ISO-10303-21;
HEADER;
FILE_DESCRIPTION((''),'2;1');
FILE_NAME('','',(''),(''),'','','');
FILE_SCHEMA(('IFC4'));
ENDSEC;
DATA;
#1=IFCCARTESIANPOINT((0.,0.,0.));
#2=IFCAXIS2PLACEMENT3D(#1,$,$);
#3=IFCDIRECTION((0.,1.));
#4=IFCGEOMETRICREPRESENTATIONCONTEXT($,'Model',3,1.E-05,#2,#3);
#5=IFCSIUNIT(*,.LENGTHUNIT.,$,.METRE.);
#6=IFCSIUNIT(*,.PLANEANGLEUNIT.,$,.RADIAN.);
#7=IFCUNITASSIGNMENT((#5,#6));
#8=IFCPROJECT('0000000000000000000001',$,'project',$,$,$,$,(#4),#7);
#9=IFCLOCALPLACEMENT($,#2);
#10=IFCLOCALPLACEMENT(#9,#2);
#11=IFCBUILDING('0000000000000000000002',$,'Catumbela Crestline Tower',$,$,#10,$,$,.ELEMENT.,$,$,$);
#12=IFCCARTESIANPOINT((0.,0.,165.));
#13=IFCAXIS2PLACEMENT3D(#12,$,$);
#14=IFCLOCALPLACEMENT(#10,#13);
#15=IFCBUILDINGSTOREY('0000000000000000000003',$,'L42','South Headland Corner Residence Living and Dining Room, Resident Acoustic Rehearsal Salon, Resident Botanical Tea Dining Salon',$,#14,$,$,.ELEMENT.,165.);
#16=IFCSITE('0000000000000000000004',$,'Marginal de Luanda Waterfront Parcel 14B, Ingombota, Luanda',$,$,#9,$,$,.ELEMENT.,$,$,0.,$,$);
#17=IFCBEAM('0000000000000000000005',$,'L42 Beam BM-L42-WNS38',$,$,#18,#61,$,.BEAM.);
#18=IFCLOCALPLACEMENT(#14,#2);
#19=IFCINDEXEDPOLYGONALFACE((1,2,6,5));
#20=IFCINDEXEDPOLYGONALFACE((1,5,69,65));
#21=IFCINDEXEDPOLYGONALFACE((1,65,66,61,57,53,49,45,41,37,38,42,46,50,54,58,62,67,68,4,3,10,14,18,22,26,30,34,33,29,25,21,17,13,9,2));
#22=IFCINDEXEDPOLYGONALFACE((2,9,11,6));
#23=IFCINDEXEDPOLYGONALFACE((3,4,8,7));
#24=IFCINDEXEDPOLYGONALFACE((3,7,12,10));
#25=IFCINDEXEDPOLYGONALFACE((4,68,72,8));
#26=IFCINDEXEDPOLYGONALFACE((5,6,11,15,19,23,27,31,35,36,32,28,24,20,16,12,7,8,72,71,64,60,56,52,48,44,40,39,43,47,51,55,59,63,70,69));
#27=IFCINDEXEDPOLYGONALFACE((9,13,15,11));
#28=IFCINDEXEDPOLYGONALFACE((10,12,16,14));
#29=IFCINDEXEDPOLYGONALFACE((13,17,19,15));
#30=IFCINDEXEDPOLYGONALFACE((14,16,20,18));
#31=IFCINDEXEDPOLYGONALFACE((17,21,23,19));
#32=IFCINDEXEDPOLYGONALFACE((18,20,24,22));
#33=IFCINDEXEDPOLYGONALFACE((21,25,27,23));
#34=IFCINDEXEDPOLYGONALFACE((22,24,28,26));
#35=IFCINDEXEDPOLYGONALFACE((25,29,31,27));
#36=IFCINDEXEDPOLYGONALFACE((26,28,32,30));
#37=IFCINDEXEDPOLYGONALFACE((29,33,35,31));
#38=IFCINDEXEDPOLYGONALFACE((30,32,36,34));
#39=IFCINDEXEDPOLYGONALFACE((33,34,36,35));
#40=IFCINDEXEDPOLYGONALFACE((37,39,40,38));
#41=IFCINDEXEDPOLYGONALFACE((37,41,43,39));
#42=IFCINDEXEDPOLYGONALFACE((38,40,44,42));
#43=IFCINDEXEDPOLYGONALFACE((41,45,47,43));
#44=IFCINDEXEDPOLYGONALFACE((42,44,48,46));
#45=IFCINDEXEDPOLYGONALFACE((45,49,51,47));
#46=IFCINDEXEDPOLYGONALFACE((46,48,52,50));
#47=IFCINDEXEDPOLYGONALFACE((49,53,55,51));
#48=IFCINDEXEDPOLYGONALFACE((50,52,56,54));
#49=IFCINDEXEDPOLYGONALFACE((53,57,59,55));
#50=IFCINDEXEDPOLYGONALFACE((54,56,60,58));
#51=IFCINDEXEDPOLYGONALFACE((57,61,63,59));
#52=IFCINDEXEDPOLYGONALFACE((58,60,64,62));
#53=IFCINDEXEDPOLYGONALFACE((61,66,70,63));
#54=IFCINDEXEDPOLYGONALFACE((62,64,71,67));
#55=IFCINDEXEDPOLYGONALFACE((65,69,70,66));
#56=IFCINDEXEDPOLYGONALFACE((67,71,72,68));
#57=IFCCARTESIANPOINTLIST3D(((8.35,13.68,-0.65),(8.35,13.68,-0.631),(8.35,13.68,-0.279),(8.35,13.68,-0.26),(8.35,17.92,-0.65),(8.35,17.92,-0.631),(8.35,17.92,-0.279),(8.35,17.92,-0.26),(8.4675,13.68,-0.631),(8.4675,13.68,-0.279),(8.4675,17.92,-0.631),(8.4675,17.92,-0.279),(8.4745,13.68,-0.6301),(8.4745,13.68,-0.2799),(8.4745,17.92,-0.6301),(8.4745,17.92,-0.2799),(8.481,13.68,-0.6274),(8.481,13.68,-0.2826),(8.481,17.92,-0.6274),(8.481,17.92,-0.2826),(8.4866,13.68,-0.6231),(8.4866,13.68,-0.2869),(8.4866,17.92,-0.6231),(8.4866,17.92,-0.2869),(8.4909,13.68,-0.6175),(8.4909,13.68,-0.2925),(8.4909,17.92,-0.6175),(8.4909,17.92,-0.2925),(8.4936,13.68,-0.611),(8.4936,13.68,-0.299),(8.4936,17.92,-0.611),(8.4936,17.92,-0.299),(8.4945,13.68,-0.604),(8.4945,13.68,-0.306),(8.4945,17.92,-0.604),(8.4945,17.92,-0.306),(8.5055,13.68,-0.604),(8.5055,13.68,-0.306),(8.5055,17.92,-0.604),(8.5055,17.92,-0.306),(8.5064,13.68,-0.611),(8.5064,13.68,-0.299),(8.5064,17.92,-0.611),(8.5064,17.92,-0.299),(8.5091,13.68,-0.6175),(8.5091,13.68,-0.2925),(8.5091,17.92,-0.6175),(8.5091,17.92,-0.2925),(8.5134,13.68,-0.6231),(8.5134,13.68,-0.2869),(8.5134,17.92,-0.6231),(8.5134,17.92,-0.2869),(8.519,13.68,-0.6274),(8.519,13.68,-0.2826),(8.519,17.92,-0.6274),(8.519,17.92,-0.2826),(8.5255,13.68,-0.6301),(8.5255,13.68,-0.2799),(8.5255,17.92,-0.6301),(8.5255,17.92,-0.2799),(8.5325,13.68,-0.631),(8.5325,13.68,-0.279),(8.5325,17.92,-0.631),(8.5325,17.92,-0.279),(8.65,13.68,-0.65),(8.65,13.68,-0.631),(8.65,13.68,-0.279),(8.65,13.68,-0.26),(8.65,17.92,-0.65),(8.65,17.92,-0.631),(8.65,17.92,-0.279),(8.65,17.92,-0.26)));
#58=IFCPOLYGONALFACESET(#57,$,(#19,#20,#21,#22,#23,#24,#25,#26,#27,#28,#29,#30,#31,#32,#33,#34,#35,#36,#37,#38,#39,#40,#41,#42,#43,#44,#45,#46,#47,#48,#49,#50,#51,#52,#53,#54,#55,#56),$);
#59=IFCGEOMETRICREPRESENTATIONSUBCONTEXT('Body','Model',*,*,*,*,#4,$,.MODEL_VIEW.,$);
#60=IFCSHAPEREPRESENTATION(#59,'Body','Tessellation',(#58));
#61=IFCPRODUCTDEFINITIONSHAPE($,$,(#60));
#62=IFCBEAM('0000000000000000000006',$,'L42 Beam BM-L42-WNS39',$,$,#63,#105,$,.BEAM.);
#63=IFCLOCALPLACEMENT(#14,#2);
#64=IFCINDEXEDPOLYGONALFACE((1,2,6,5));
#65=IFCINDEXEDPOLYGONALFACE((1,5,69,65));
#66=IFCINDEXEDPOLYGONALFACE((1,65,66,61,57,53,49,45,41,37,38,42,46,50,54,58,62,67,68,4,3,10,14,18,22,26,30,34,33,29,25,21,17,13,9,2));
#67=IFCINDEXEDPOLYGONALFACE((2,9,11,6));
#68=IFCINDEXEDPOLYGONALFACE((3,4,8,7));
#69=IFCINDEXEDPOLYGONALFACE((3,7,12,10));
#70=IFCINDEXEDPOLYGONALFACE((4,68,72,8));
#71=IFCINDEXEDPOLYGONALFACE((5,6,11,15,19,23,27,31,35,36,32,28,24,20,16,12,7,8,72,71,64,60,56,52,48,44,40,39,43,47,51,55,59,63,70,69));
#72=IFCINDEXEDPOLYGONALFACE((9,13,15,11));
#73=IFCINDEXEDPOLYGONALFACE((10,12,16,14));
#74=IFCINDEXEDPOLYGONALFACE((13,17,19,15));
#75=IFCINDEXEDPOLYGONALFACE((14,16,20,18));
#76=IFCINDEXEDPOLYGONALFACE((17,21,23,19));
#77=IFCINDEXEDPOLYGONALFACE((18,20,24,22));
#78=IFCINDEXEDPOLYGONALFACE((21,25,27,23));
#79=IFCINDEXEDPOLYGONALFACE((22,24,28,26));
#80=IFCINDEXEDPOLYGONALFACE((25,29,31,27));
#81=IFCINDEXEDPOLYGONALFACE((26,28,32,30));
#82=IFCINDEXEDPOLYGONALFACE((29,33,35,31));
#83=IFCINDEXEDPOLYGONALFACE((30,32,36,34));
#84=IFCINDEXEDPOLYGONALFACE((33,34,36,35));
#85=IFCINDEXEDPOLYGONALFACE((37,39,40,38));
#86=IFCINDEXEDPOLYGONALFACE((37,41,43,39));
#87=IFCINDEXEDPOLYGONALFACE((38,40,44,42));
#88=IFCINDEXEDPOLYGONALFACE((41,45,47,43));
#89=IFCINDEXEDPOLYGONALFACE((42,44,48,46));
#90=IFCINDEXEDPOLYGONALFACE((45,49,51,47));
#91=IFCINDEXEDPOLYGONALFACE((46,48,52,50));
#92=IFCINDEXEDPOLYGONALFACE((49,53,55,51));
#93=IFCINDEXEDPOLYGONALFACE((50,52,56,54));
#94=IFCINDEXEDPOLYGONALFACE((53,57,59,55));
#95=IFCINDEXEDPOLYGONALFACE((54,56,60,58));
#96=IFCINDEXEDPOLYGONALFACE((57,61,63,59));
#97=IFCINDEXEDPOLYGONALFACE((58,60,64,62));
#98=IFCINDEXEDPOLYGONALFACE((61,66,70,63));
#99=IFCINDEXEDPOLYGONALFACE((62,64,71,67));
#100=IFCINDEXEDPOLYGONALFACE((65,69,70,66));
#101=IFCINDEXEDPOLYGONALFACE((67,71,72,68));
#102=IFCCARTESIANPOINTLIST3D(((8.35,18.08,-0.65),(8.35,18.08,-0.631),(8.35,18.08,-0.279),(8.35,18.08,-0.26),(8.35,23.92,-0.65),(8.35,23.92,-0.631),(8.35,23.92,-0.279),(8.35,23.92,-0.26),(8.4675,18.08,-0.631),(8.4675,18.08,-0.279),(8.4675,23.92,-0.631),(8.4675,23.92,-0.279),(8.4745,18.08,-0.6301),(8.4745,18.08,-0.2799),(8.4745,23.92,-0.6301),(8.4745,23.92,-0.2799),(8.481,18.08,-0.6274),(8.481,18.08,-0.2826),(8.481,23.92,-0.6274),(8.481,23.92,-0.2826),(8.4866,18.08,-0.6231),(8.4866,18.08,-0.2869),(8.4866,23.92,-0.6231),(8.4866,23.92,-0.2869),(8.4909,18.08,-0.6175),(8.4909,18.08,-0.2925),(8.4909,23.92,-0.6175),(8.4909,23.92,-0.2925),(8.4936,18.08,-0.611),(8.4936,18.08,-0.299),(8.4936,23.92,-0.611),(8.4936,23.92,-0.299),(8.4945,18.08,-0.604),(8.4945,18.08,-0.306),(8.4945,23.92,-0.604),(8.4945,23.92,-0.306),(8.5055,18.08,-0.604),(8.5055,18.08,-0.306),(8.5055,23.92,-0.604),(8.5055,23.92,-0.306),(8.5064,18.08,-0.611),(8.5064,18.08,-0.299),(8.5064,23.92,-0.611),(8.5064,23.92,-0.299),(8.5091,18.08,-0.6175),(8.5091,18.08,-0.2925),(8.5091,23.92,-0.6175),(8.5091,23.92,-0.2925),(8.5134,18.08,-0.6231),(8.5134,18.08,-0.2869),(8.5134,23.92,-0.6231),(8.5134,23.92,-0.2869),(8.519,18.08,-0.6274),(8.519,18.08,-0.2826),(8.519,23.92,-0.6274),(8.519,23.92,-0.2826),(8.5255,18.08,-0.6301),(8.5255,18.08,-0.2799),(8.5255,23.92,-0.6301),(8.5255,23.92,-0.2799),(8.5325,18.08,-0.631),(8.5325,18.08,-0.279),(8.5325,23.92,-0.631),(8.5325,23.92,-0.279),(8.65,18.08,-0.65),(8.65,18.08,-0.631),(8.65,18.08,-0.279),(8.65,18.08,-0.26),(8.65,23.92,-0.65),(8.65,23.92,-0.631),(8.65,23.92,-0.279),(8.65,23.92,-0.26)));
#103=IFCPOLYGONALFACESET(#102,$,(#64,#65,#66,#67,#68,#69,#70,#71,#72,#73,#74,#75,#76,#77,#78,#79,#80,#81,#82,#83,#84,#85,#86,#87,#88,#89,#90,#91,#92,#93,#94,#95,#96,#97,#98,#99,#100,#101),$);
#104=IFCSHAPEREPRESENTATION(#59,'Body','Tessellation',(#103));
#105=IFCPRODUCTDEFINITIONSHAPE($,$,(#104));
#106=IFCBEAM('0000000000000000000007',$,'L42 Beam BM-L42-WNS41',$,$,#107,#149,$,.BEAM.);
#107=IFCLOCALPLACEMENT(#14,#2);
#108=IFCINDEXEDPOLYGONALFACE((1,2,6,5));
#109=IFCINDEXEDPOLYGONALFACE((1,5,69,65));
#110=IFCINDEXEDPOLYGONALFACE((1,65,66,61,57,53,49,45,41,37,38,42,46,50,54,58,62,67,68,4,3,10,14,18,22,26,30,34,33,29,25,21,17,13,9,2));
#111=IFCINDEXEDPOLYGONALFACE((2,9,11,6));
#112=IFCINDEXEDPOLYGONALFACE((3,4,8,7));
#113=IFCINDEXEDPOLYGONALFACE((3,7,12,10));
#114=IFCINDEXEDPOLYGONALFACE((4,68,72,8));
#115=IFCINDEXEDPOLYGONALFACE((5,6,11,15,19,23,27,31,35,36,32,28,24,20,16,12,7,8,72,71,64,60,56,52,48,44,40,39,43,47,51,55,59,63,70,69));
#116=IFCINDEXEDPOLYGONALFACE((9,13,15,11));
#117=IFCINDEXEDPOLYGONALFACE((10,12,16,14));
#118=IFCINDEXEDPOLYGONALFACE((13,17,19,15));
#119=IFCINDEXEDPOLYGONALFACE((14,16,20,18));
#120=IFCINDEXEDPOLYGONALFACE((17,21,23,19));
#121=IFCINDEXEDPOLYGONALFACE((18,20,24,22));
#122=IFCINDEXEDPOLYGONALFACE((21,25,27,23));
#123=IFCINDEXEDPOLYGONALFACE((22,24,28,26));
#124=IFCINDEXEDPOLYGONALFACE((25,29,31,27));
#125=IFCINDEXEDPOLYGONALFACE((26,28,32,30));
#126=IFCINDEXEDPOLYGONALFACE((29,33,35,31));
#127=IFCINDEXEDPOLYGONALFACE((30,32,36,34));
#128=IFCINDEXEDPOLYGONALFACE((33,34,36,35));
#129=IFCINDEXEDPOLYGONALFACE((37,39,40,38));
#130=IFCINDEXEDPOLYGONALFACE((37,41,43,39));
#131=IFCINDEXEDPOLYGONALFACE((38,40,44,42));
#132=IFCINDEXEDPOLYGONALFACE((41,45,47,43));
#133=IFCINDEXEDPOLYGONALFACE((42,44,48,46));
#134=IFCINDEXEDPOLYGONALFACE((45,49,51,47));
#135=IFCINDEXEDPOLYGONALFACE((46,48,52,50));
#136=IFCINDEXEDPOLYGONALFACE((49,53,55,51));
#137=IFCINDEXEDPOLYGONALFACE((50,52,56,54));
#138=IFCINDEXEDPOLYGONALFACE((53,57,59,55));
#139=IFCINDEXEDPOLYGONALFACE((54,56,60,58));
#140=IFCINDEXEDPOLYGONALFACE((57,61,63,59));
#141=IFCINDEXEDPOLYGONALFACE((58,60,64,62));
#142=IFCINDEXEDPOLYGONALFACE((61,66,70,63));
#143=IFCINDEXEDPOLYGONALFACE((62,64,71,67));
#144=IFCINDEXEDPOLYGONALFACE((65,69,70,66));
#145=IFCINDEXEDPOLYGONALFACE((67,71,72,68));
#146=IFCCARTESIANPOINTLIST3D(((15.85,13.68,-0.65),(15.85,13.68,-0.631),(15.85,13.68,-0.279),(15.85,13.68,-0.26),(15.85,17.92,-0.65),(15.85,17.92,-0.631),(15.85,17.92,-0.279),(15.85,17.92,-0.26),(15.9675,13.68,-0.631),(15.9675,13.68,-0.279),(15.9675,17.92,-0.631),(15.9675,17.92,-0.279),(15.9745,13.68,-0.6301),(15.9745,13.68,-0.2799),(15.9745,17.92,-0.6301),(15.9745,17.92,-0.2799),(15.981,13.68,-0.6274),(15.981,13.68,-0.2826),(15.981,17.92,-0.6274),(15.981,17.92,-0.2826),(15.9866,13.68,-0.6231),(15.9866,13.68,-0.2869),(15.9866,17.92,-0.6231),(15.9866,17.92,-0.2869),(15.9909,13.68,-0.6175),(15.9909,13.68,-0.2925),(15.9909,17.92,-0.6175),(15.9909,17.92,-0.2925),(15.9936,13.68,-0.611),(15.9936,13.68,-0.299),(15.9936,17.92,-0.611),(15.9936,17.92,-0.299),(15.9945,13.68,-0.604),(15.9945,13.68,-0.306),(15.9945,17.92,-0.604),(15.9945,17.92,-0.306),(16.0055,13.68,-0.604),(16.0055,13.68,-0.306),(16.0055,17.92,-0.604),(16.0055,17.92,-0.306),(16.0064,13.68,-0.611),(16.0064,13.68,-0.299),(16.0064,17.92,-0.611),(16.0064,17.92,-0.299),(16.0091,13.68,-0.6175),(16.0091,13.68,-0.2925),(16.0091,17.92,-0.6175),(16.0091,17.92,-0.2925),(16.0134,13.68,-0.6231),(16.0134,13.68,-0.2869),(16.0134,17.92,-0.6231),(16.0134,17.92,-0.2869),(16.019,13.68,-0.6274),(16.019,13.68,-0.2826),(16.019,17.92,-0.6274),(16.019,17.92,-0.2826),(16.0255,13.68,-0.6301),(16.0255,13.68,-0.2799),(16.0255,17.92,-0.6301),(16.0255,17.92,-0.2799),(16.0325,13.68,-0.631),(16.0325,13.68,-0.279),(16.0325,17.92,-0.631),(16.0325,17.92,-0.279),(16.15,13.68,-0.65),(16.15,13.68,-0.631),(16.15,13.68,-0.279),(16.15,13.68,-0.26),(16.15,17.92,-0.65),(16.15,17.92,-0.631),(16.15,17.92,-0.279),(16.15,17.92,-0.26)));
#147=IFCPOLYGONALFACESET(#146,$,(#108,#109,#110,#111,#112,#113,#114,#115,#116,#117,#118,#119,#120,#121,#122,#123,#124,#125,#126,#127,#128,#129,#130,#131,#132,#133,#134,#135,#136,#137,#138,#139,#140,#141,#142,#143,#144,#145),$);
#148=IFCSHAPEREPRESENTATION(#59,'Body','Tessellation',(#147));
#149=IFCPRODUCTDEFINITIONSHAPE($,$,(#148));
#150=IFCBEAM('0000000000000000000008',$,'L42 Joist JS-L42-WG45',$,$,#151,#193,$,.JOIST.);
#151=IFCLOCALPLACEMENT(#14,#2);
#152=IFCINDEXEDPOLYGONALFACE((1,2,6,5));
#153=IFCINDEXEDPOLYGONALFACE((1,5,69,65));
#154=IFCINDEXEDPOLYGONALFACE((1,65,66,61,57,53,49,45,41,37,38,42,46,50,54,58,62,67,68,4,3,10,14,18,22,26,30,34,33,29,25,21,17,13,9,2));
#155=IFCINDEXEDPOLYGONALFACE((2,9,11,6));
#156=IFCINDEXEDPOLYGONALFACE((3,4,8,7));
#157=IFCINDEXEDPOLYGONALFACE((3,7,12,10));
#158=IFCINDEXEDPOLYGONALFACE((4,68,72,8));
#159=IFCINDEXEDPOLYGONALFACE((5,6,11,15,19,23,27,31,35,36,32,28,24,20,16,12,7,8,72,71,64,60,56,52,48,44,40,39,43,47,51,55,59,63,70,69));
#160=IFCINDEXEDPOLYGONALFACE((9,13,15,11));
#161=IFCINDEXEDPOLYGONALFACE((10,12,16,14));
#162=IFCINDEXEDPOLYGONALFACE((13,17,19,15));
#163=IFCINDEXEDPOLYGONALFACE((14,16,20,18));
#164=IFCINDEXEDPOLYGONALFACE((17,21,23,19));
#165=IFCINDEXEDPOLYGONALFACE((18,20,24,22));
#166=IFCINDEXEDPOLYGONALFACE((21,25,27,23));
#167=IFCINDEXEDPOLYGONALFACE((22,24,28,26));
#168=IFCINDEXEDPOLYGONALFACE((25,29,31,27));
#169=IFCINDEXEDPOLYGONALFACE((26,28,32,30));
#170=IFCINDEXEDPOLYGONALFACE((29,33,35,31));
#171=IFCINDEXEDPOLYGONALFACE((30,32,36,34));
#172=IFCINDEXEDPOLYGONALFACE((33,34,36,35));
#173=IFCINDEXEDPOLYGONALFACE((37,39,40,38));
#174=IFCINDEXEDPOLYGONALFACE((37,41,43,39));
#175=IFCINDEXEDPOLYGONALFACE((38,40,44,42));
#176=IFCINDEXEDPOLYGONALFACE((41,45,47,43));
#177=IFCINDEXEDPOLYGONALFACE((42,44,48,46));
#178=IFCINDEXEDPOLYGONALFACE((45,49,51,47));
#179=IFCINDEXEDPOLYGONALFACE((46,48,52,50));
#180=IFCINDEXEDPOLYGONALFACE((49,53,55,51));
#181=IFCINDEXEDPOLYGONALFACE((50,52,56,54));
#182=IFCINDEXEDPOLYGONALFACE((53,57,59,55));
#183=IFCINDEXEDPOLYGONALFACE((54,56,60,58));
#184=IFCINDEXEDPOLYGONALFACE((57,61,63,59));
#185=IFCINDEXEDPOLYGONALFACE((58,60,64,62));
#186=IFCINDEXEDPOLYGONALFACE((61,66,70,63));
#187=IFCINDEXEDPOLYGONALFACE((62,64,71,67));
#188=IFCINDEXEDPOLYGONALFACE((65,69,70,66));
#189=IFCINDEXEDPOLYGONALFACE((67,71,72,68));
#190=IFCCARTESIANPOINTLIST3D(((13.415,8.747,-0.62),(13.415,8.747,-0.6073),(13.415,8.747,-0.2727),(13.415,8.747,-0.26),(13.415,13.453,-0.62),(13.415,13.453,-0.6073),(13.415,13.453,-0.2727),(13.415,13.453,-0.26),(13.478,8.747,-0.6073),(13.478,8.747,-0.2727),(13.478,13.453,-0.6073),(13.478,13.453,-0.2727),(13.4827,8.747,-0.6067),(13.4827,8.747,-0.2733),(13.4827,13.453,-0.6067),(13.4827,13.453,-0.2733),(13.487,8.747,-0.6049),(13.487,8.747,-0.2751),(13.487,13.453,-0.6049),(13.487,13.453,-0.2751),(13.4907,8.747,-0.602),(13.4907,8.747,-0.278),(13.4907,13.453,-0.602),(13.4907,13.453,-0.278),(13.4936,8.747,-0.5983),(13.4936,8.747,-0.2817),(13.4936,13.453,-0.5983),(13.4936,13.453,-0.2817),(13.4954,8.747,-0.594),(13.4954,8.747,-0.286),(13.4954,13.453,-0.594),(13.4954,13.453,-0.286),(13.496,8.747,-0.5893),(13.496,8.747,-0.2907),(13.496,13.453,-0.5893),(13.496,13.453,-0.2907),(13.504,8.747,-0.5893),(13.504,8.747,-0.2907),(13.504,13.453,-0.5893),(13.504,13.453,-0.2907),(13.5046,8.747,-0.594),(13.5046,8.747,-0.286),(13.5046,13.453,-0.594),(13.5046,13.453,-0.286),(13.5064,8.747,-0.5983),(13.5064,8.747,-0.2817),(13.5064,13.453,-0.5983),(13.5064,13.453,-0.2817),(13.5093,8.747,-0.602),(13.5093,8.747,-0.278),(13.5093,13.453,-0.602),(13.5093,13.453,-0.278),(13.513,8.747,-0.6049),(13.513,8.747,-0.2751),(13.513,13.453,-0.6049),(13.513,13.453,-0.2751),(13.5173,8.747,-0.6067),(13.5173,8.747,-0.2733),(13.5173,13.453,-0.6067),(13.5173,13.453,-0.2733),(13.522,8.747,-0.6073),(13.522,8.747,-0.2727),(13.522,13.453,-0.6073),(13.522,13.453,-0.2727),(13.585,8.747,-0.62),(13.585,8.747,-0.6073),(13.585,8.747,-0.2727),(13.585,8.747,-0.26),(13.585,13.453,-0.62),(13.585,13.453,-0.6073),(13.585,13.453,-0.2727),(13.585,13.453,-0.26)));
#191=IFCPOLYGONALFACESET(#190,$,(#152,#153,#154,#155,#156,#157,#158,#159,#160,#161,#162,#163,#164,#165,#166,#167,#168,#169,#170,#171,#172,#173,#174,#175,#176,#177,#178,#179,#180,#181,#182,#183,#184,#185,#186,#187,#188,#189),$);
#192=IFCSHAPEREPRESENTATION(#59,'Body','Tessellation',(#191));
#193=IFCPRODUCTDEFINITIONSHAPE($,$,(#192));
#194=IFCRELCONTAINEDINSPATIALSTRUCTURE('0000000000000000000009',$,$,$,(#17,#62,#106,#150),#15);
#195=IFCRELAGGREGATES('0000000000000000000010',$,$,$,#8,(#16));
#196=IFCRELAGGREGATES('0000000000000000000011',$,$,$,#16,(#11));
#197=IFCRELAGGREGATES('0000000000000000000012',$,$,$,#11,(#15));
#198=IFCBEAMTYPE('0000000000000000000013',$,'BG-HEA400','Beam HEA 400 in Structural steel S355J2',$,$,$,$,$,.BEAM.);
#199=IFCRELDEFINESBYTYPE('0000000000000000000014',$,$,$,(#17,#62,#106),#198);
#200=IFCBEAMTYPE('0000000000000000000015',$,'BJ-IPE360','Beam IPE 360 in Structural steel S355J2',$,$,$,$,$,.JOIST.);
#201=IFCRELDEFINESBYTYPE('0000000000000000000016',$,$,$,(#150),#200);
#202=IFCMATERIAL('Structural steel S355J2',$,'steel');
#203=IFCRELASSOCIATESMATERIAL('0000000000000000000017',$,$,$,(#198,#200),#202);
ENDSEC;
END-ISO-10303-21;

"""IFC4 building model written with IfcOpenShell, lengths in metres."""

from ifc_helpers import new_model, si_unit, direction, frame, origin, origin_2d, place, context, subcontext, project, spatial, i_section, extrude, material, material_profile, profile_set, type_object, element, save


model = new_model("IFC4")

# Units and contexts
model_context = context("Model", 3, precision=1e-05, world=origin(), true_north=direction((0.0, 1.0)))
body_context = subcontext(model_context, "Body", "Model", "MODEL_VIEW")
ifc_project = project(units=[si_unit("LENGTHUNIT", "METRE"), si_unit("PLANEANGLEUNIT", "RADIAN")], contexts=[model_context])

# Site, building, storey
site_placement = place(None, origin())
site = spatial("IfcSite", under=ifc_project, at=site_placement, Name="Marginal de Luanda Waterfront Parcel 14B, Ingombota, Luanda", CompositionType="ELEMENT", RefElevation=0.0)
building_placement = place(site_placement, origin())
building = spatial("IfcBuilding", under=site, at=building_placement, Name="Catumbela Crestline Tower", CompositionType="ELEMENT")
storey_placement = place(building_placement, frame((0.0, 0.0, 165.0)))
storey = spatial("IfcBuildingStorey", under=building, at=storey_placement, Name="L42", Description="South Headland Corner Residence Living and Dining Room, Resident Acoustic Rehearsal Salon, Resident Botanical Tea Dining Salon", CompositionType="ELEMENT", Elevation=165.0)

# Shared definitions
ifc_material_1 = material(Name="Structural steel S355J2", Category="steel")

# Beams
ifc_material_profile_1 = material_profile(ifc_material_1, i_section(OverallWidth=0.3, OverallDepth=0.39, WebThickness=0.011, FlangeThickness=0.019, FilletRadius=0.027, at=origin_2d()), Name="HEA 400")
ifc_profile_set_1 = profile_set([ifc_material_profile_1], Name="Structural steel S355J2")
beam_type_1 = type_object("IfcBeamType", Name="BG-HEA400", Description="Beam HEA 400 in Structural steel S355J2", PredefinedType="BEAM", material=ifc_profile_set_1)
beam_1_placement = place(storey_placement, frame((8.5, 13.68, -0.455), z_axis=(0.0, 1.0, 0.0), x_axis=(-1.0, 0.0, 0.0)))
element("IfcBeam", 1, at=beam_1_placement, inside=storey, type_object=beam_type_1, Name="L42 Beam BM-L42-WNS38", PredefinedType="BEAM", context=body_context, shape_type="SweptSolid", body=[
    extrude(i_section(OverallWidth=0.3, OverallDepth=0.39, WebThickness=0.011, FlangeThickness=0.019, FilletRadius=0.027, at=origin_2d()), origin(), (0.0, 0.0, 1.0), 4.24),
])
beam_2_placement = place(storey_placement, frame((8.5, 18.08, -0.455), z_axis=(0.0, 1.0, 0.0), x_axis=(-1.0, 0.0, 0.0)))
element("IfcBeam", 2, at=beam_2_placement, inside=storey, type_object=beam_type_1, Name="L42 Beam BM-L42-WNS39", PredefinedType="BEAM", context=body_context, shape_type="SweptSolid", body=[
    extrude(i_section(OverallWidth=0.3, OverallDepth=0.39, WebThickness=0.011, FlangeThickness=0.019, FilletRadius=0.027, at=origin_2d()), origin(), (0.0, 0.0, 1.0), 5.84),
])
beam_3_placement = place(storey_placement, frame((16.0, 13.68, -0.455), z_axis=(0.0, 1.0, 0.0), x_axis=(-1.0, 0.0, 0.0)))
element("IfcBeam", 3, at=beam_3_placement, inside=storey, type_object=beam_type_1, Name="L42 Beam BM-L42-WNS41", PredefinedType="BEAM", context=body_context, shape_type="SweptSolid", body=[
    extrude(i_section(OverallWidth=0.3, OverallDepth=0.39, WebThickness=0.011, FlangeThickness=0.019, FilletRadius=0.027, at=origin_2d()), origin(), (0.0, 0.0, 1.0), 4.24),
])
ifc_material_profile_2 = material_profile(ifc_material_1, i_section(OverallWidth=0.17, OverallDepth=0.36, WebThickness=0.008, FlangeThickness=0.0127, FilletRadius=0.018, at=origin_2d()), Name="IPE 360")
ifc_profile_set_2 = profile_set([ifc_material_profile_2], Name="Structural steel S355J2")
beam_type_2 = type_object("IfcBeamType", Name="BJ-IPE360", Description="Beam IPE 360 in Structural steel S355J2", PredefinedType="JOIST", material=ifc_profile_set_2)
beam_4_placement = place(storey_placement, frame((13.5, 8.747, -0.44), z_axis=(0.0, 1.0, 0.0), x_axis=(-1.0, 0.0, 0.0)))
element("IfcBeam", 4, at=beam_4_placement, inside=storey, type_object=beam_type_2, Name="L42 Joist JS-L42-WG45", PredefinedType="JOIST", context=body_context, shape_type="SweptSolid", body=[
    extrude(i_section(OverallWidth=0.17, OverallDepth=0.36, WebThickness=0.008, FlangeThickness=0.0127, FilletRadius=0.018, at=origin_2d()), origin(), (0.0, 0.0, 1.0), 4.706),
])

save(model, "model.ifc")
